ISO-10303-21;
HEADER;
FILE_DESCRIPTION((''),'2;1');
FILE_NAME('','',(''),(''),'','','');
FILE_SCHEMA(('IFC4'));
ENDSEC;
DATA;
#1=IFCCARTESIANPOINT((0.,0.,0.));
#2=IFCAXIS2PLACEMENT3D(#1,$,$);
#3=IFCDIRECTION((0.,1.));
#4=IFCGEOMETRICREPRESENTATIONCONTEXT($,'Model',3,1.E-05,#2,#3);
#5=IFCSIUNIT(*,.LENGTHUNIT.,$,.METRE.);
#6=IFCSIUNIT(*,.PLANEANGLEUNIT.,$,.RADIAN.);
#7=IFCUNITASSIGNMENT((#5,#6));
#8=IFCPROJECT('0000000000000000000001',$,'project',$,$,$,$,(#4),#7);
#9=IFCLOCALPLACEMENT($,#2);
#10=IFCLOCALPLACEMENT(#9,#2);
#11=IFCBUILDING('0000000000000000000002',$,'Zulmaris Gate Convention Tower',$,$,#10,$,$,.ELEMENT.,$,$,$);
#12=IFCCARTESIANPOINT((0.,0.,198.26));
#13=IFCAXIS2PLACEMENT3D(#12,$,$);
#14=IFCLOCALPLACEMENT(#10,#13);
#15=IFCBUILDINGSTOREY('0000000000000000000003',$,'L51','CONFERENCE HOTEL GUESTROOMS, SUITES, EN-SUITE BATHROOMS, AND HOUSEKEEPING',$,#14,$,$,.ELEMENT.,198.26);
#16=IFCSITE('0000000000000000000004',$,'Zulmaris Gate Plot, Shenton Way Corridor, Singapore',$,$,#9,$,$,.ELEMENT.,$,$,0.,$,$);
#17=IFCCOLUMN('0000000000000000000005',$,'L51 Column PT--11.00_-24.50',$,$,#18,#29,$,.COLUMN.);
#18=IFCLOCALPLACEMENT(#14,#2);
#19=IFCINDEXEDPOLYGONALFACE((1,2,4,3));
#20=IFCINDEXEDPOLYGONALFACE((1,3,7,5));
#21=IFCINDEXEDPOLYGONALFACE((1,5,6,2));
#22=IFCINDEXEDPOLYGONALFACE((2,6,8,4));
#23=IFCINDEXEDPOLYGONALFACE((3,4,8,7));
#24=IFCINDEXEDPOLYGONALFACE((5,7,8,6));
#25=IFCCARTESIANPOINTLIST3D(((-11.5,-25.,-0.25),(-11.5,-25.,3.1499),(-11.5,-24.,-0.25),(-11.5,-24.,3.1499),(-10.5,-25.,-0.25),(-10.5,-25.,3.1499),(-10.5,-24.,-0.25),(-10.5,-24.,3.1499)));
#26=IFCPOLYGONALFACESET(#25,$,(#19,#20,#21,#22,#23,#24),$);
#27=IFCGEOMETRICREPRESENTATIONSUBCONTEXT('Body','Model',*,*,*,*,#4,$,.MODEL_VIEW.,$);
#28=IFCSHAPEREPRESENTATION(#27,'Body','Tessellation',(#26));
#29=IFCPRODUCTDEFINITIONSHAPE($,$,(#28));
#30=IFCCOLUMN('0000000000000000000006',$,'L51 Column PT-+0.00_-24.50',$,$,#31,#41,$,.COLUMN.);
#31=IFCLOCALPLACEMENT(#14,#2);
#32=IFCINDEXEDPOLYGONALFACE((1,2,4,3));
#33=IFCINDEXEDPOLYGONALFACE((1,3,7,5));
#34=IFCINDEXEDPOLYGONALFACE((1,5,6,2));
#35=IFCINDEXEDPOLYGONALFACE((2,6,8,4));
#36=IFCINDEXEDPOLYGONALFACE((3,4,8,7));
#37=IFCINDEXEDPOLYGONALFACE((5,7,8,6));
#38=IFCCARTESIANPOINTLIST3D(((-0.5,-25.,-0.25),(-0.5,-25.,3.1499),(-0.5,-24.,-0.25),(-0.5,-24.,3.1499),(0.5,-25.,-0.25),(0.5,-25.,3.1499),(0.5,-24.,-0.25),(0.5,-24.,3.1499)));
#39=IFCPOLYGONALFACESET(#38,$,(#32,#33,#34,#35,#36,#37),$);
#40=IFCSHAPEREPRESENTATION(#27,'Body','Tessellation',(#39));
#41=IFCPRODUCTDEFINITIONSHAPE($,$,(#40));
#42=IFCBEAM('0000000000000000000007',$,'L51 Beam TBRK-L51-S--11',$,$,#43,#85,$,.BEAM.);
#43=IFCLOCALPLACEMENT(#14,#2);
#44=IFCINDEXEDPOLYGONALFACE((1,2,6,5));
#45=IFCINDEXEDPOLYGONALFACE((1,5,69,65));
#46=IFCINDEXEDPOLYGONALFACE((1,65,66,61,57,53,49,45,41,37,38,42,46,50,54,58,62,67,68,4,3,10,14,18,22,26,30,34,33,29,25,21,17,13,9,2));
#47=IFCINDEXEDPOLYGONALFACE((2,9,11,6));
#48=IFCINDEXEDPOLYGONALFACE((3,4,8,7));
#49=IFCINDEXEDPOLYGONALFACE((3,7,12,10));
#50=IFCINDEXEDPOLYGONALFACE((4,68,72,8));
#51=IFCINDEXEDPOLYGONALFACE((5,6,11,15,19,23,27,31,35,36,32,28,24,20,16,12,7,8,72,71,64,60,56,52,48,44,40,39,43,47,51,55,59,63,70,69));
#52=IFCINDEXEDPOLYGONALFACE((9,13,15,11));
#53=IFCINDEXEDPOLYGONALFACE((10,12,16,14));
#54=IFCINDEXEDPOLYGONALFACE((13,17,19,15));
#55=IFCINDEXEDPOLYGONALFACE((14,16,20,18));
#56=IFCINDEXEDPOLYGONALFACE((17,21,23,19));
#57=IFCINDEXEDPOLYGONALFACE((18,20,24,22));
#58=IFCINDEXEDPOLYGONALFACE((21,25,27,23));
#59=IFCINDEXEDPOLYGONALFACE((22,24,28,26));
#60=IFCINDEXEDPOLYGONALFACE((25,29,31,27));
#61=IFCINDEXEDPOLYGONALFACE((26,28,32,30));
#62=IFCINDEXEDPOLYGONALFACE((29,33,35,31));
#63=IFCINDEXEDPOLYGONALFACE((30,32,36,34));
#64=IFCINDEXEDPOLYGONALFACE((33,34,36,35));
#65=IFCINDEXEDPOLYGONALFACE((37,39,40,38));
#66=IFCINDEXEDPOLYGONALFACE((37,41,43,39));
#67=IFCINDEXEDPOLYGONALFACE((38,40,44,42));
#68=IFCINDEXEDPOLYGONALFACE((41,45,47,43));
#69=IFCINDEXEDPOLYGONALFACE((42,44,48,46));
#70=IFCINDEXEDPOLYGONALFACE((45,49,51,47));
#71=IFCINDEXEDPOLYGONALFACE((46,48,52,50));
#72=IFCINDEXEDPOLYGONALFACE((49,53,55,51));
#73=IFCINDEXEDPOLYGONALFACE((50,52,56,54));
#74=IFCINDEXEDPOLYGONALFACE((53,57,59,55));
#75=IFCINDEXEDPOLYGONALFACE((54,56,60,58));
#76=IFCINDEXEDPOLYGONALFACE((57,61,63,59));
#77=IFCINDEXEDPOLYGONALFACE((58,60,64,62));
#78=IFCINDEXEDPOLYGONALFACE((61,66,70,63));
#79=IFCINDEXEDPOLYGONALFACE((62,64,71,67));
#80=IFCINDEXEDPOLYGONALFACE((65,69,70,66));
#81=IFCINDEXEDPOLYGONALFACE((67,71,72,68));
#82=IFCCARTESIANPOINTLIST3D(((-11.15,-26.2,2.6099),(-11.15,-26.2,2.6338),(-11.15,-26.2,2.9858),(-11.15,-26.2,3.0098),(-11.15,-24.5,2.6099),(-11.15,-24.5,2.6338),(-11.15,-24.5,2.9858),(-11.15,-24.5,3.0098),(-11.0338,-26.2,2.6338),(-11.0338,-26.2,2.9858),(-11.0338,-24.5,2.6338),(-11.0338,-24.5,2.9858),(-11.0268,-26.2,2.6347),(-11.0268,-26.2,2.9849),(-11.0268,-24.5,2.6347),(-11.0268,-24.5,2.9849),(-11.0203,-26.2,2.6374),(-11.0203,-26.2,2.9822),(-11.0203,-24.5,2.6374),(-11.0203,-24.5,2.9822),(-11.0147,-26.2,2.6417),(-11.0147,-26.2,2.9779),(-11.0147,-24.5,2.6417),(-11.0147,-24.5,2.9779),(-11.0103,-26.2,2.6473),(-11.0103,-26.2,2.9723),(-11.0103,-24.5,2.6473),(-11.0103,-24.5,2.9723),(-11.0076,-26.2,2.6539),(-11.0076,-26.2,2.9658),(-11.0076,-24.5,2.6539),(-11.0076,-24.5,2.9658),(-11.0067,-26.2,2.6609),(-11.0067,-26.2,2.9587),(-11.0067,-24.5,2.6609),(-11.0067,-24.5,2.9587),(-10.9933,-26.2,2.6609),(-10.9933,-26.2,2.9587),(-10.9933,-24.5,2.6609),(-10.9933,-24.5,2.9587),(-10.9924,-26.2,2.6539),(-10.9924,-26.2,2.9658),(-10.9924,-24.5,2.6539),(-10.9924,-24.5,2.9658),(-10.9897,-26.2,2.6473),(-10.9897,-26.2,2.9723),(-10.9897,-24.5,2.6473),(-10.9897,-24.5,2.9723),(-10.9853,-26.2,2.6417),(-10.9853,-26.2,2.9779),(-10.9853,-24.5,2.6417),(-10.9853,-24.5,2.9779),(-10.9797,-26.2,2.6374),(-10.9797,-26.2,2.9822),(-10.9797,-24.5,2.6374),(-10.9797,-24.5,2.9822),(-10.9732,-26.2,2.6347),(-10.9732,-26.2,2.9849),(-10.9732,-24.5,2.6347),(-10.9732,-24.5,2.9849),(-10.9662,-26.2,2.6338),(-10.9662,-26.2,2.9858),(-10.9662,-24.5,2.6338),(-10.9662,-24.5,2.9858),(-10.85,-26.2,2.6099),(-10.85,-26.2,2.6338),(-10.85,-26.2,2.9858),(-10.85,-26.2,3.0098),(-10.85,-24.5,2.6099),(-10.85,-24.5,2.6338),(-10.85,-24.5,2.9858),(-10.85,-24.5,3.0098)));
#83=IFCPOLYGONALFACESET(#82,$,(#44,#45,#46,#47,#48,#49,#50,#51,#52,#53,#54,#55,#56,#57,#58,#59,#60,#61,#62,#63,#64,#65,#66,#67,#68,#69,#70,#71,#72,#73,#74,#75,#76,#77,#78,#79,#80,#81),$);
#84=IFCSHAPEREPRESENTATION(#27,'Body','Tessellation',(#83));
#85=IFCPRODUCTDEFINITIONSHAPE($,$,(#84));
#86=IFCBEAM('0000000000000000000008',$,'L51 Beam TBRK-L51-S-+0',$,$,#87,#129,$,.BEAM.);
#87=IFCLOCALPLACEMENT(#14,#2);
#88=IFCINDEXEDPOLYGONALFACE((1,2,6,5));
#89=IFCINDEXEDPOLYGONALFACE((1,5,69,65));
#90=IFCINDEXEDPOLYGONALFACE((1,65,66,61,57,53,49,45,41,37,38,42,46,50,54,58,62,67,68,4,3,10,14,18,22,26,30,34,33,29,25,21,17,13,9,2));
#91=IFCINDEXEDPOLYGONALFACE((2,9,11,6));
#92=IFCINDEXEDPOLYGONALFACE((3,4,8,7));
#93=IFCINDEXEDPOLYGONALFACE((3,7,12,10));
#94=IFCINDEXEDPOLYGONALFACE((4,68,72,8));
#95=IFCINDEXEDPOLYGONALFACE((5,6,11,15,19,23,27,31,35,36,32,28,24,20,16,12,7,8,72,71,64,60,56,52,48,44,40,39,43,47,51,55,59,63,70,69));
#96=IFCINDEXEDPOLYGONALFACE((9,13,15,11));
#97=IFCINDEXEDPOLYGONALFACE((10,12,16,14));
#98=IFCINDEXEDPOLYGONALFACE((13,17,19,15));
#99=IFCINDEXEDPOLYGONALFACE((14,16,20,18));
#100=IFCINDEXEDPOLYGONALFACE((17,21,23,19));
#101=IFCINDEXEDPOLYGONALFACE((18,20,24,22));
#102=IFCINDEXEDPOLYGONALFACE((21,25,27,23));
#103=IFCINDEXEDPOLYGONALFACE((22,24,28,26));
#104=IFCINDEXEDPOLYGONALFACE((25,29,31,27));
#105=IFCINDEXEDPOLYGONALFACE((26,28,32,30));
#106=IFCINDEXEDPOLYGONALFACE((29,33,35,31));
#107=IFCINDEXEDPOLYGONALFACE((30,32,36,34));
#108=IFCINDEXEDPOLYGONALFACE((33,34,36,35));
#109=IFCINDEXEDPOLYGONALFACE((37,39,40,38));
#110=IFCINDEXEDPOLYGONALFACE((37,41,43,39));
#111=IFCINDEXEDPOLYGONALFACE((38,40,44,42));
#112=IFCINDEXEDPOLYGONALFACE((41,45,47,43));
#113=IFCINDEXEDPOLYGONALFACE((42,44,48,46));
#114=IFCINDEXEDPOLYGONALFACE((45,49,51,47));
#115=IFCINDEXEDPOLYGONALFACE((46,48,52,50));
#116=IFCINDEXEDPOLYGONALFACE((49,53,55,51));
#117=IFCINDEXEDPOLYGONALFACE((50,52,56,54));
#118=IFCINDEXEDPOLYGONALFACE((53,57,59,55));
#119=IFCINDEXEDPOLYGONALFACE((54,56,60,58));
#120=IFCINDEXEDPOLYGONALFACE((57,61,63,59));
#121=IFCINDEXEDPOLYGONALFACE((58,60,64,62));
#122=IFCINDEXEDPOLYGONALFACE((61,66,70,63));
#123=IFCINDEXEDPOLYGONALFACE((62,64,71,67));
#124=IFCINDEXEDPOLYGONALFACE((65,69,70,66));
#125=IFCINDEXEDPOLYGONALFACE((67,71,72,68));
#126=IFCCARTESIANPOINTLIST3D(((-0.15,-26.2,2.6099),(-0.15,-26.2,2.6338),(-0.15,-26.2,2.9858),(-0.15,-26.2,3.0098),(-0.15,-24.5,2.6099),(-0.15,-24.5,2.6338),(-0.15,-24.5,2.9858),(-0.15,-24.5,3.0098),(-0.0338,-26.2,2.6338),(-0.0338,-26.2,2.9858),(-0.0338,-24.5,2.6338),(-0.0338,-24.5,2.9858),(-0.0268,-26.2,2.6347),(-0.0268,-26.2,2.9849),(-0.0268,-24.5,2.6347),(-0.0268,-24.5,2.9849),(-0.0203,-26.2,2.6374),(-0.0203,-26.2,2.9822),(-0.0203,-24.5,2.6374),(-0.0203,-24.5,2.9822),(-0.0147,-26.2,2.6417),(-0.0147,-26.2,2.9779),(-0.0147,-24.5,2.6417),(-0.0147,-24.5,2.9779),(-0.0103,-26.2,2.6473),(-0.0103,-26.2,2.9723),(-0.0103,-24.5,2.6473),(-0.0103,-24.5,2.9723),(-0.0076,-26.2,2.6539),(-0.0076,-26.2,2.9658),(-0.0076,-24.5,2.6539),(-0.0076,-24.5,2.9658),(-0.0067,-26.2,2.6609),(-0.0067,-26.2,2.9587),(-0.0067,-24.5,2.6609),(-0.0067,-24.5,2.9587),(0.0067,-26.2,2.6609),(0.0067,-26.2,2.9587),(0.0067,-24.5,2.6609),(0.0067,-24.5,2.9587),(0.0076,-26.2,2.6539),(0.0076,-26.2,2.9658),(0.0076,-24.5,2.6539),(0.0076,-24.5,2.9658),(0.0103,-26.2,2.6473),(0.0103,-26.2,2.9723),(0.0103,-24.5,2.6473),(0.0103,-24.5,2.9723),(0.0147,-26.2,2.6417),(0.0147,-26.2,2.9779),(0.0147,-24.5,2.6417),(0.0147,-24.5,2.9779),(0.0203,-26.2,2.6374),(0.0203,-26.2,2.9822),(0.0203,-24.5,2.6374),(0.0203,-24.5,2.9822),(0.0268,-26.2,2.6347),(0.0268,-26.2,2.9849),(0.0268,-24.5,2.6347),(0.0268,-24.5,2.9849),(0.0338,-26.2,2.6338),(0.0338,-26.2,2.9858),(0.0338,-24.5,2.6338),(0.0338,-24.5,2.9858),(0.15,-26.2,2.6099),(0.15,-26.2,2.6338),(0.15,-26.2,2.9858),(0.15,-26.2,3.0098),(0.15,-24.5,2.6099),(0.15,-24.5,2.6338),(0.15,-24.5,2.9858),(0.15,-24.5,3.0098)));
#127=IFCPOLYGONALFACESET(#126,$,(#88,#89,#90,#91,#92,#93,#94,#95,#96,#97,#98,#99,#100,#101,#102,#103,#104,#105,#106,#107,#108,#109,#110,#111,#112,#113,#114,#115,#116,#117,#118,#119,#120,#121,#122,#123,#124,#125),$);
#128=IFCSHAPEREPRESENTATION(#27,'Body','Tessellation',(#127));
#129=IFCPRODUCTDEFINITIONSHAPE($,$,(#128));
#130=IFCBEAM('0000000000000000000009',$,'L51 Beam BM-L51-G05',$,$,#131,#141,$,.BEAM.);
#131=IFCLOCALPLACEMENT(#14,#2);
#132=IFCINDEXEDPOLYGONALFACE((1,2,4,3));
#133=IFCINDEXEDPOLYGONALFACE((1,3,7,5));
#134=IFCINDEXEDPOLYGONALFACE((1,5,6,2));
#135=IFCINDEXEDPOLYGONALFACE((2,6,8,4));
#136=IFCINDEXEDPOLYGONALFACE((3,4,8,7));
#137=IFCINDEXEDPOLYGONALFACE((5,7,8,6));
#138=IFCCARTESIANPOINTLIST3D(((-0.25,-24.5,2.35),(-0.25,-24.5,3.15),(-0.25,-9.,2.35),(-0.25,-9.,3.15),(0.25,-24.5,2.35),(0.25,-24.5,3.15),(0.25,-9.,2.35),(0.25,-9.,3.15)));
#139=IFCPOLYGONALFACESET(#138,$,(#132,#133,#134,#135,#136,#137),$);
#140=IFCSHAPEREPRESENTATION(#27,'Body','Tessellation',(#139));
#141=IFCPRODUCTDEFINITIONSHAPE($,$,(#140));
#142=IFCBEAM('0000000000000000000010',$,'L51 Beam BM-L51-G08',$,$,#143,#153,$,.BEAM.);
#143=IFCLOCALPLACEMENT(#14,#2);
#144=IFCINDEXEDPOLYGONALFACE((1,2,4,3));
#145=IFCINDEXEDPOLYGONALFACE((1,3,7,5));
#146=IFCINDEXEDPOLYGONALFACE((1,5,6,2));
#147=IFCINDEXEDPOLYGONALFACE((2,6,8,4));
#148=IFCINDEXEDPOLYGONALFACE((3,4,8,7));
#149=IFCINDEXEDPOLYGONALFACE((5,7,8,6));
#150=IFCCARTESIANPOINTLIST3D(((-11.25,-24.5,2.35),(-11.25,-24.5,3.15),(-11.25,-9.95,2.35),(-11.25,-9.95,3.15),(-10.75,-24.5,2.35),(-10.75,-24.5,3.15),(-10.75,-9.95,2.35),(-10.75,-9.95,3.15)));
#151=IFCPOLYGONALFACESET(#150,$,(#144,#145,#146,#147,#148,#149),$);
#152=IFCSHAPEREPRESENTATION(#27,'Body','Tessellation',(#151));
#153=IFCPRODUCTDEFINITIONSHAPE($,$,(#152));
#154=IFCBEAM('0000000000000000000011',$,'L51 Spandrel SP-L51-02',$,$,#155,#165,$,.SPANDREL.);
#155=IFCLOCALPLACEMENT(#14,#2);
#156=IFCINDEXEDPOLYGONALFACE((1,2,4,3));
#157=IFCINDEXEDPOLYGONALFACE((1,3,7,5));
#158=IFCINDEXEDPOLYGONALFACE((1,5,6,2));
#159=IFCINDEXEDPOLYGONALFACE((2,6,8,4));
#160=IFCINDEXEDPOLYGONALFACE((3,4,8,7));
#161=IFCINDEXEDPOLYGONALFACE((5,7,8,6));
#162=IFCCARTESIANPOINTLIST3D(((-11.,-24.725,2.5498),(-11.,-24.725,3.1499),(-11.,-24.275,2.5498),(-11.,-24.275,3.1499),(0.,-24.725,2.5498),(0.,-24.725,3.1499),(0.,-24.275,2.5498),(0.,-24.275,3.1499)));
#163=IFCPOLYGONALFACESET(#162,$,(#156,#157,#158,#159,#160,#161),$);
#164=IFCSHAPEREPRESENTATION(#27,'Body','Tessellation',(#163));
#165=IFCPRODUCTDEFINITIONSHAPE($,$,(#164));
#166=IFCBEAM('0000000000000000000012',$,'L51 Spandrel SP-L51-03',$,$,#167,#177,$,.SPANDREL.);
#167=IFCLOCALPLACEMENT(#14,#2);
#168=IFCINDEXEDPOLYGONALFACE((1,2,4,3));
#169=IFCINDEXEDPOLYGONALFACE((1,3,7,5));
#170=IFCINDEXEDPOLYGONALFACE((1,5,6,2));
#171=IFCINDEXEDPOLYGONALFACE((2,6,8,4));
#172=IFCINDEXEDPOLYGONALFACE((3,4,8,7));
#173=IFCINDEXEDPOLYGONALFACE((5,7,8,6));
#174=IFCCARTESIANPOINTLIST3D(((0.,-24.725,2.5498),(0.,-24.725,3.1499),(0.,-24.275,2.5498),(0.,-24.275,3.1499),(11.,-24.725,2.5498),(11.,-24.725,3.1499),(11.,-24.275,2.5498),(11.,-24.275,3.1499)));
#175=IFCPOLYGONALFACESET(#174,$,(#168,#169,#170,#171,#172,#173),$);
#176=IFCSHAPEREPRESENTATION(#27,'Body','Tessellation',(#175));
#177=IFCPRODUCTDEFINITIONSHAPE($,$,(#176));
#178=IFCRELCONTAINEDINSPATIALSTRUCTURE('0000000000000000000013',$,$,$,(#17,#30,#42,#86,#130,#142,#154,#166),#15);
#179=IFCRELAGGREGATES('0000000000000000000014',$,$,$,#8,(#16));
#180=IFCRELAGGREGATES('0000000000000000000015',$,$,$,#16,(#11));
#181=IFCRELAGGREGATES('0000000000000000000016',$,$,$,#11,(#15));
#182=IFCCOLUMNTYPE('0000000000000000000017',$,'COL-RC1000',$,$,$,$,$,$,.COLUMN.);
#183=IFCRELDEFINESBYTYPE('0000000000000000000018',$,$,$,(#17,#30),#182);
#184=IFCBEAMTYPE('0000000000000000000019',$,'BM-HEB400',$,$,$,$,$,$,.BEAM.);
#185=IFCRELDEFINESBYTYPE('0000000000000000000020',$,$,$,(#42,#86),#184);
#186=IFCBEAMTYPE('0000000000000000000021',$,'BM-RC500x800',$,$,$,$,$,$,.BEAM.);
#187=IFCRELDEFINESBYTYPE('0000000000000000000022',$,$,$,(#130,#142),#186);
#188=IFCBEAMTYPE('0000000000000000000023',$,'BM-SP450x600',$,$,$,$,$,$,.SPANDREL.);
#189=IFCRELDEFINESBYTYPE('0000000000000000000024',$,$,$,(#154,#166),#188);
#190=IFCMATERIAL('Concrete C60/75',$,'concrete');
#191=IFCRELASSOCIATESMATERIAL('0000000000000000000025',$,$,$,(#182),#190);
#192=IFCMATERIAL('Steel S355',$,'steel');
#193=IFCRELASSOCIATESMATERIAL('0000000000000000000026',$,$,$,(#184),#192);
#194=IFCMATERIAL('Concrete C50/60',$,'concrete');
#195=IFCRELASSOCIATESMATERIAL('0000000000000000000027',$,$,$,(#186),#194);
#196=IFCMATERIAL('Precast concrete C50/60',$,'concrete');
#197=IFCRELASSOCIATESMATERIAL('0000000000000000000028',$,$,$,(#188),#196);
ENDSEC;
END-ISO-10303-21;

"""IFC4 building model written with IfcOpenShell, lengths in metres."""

from ifc_helpers import new_model, si_unit, direction, frame, origin, origin_2d, place, context, subcontext, project, spatial, rectangle, i_section, extrude, material, material_profile, profile_set, type_object, element, save


model = new_model("IFC4")

# Units and contexts
model_context = context("Model", 3, precision=1e-05, world=origin(), true_north=direction((0.0, 1.0)))
body_context = subcontext(model_context, "Body", "Model", "MODEL_VIEW")
ifc_project = project(units=[si_unit("LENGTHUNIT", "METRE"), si_unit("PLANEANGLEUNIT", "RADIAN")], contexts=[model_context])

# Site, building, storey
site_placement = place(None, origin())
site = spatial("IfcSite", under=ifc_project, at=site_placement, Name="Zulmaris Gate Plot, Shenton Way Corridor, Singapore", CompositionType="ELEMENT", RefElevation=0.0)
building_placement = place(site_placement, origin())
building = spatial("IfcBuilding", under=site, at=building_placement, Name="Zulmaris Gate Convention Tower", CompositionType="ELEMENT")
storey_placement = place(building_placement, frame((0.0, 0.0, 198.26)))
storey = spatial("IfcBuildingStorey", under=building, at=storey_placement, Name="L51", Description="CONFERENCE HOTEL GUESTROOMS, SUITES, EN-SUITE BATHROOMS, AND HOUSEKEEPING", CompositionType="ELEMENT", Elevation=198.26)

# Columns
ifc_material_1 = material(Name="Concrete C60/75", Category="concrete")
ifc_material_profile_1 = material_profile(ifc_material_1, rectangle(XDim=1.0, YDim=1.0, at=origin_2d()), Name="RC COL 1000x1000")
ifc_profile_set_1 = profile_set([ifc_material_profile_1], Name="Concrete C60/75")
column_type = type_object("IfcColumnType", Name="COL-RC1000", PredefinedType="COLUMN", material=ifc_profile_set_1)
for number, where, z_axis, x_axis, name in (
    (1, (-11.0, -24.5, -0.25), (0.0, 0.0, 1.0), (1.0, 0.0, 0.0), "L51 Column PT--11.00_-24.50"),
    (2, (0.0, -24.5, -0.25), (0.0, 0.0, 1.0), (1.0, 0.0, 0.0), "L51 Column PT-+0.00_-24.50"),
):
    element("IfcColumn", number, at=place(storey_placement, frame(where, z_axis=z_axis, x_axis=x_axis)), inside=storey, type_object=column_type, Name=name, PredefinedType="COLUMN", context=body_context, shape_type="SweptSolid", body=[
        extrude(rectangle(XDim=1.0, YDim=1.0, at=origin_2d()), origin(), (0.0, 0.0, 1.0), 3.3999),
    ])

# Beams
ifc_material_2 = material(Name="Steel S355", Category="steel")
ifc_material_profile_2 = material_profile(ifc_material_2, i_section(OverallWidth=0.3, OverallDepth=0.3999, WebThickness=0.0134, FlangeThickness=0.0239, FilletRadius=0.0271, at=origin_2d()), Name="HEB 400")
ifc_profile_set_2 = profile_set([ifc_material_profile_2], Name="Steel S355")
beam_type_1 = type_object("IfcBeamType", Name="BM-HEB400", PredefinedType="BEAM", material=ifc_profile_set_2)
for number, where, z_axis, x_axis, name in (
    (3, (-11.0, -26.2, 2.8098), (0.0, 1.0, 0.0), (-1.0, 0.0, 0.0), "L51 Beam TBRK-L51-S--11"),
    (4, (0.0, -26.2, 2.8098), (0.0, 1.0, 0.0), (-1.0, 0.0, 0.0), "L51 Beam TBRK-L51-S-+0"),
):
    element("IfcBeam", number, at=place(storey_placement, frame(where, z_axis=z_axis, x_axis=x_axis)), inside=storey, type_object=beam_type_1, Name=name, PredefinedType="BEAM", context=body_context, shape_type="SweptSolid", body=[
        extrude(i_section(OverallWidth=0.3, OverallDepth=0.3999, WebThickness=0.0134, FlangeThickness=0.0239, FilletRadius=0.0271, at=origin_2d()), origin(), (0.0, 0.0, 1.0), 1.7),
    ])
ifc_material_3 = material(Name="Concrete C50/60", Category="concrete")
ifc_material_profile_3 = material_profile(ifc_material_3, rectangle(XDim=0.5, YDim=0.8, at=origin_2d()), Name="RC BEAM 500x800")
ifc_profile_set_3 = profile_set([ifc_material_profile_3], Name="Concrete C50/60")
beam_type_2 = type_object("IfcBeamType", Name="BM-RC500x800", PredefinedType="BEAM", material=ifc_profile_set_3)
beam_1_placement = place(storey_placement, frame((0.0, -24.5, 2.75), z_axis=(0.0, 1.0, 0.0), x_axis=(-1.0, 0.0, 0.0)))
element("IfcBeam", 5, at=beam_1_placement, inside=storey, type_object=beam_type_2, Name="L51 Beam BM-L51-G05", PredefinedType="BEAM", context=body_context, shape_type="SweptSolid", body=[
    extrude(rectangle(XDim=0.5, YDim=0.8, at=origin_2d()), origin(), (0.0, 0.0, 1.0), 15.5),
])
beam_2_placement = place(storey_placement, frame((-11.0, -24.5, 2.75), z_axis=(0.0, 1.0, 0.0), x_axis=(-1.0, 0.0, 0.0)))
element("IfcBeam", 6, at=beam_2_placement, inside=storey, type_object=beam_type_2, Name="L51 Beam BM-L51-G08", PredefinedType="BEAM", context=body_context, shape_type="SweptSolid", body=[
    extrude(rectangle(XDim=0.5, YDim=0.8, at=origin_2d()), origin(), (0.0, 0.0, 1.0), 14.55),
])
ifc_material_4 = material(Name="Precast concrete C50/60", Category="concrete")
ifc_material_profile_4 = material_profile(ifc_material_4, rectangle(XDim=0.45, YDim=0.6001, at=origin_2d()), Name="RC SPANDREL 450x600")
ifc_profile_set_4 = profile_set([ifc_material_profile_4], Name="Precast concrete C50/60")
beam_type_3 = type_object("IfcBeamType", Name="BM-SP450x600", PredefinedType="SPANDREL", material=ifc_profile_set_4)
for number, where, z_axis, x_axis, name in (
    (7, (-11.0, -24.5, 2.8499), (1.0, 0.0, 0.0), (0.0, 1.0, 0.0), "L51 Spandrel SP-L51-02"),
    (8, (0.0, -24.5, 2.8499), (1.0, 0.0, 0.0), (0.0, 1.0, 0.0), "L51 Spandrel SP-L51-03"),
):
    element("IfcBeam", number, at=place(storey_placement, frame(where, z_axis=z_axis, x_axis=x_axis)), inside=storey, type_object=beam_type_3, Name=name, PredefinedType="SPANDREL", context=body_context, shape_type="SweptSolid", body=[
        extrude(rectangle(XDim=0.45, YDim=0.6001, at=origin_2d()), origin(), (0.0, 0.0, 1.0), 11.0),
    ])

save(model, "model.ifc")
